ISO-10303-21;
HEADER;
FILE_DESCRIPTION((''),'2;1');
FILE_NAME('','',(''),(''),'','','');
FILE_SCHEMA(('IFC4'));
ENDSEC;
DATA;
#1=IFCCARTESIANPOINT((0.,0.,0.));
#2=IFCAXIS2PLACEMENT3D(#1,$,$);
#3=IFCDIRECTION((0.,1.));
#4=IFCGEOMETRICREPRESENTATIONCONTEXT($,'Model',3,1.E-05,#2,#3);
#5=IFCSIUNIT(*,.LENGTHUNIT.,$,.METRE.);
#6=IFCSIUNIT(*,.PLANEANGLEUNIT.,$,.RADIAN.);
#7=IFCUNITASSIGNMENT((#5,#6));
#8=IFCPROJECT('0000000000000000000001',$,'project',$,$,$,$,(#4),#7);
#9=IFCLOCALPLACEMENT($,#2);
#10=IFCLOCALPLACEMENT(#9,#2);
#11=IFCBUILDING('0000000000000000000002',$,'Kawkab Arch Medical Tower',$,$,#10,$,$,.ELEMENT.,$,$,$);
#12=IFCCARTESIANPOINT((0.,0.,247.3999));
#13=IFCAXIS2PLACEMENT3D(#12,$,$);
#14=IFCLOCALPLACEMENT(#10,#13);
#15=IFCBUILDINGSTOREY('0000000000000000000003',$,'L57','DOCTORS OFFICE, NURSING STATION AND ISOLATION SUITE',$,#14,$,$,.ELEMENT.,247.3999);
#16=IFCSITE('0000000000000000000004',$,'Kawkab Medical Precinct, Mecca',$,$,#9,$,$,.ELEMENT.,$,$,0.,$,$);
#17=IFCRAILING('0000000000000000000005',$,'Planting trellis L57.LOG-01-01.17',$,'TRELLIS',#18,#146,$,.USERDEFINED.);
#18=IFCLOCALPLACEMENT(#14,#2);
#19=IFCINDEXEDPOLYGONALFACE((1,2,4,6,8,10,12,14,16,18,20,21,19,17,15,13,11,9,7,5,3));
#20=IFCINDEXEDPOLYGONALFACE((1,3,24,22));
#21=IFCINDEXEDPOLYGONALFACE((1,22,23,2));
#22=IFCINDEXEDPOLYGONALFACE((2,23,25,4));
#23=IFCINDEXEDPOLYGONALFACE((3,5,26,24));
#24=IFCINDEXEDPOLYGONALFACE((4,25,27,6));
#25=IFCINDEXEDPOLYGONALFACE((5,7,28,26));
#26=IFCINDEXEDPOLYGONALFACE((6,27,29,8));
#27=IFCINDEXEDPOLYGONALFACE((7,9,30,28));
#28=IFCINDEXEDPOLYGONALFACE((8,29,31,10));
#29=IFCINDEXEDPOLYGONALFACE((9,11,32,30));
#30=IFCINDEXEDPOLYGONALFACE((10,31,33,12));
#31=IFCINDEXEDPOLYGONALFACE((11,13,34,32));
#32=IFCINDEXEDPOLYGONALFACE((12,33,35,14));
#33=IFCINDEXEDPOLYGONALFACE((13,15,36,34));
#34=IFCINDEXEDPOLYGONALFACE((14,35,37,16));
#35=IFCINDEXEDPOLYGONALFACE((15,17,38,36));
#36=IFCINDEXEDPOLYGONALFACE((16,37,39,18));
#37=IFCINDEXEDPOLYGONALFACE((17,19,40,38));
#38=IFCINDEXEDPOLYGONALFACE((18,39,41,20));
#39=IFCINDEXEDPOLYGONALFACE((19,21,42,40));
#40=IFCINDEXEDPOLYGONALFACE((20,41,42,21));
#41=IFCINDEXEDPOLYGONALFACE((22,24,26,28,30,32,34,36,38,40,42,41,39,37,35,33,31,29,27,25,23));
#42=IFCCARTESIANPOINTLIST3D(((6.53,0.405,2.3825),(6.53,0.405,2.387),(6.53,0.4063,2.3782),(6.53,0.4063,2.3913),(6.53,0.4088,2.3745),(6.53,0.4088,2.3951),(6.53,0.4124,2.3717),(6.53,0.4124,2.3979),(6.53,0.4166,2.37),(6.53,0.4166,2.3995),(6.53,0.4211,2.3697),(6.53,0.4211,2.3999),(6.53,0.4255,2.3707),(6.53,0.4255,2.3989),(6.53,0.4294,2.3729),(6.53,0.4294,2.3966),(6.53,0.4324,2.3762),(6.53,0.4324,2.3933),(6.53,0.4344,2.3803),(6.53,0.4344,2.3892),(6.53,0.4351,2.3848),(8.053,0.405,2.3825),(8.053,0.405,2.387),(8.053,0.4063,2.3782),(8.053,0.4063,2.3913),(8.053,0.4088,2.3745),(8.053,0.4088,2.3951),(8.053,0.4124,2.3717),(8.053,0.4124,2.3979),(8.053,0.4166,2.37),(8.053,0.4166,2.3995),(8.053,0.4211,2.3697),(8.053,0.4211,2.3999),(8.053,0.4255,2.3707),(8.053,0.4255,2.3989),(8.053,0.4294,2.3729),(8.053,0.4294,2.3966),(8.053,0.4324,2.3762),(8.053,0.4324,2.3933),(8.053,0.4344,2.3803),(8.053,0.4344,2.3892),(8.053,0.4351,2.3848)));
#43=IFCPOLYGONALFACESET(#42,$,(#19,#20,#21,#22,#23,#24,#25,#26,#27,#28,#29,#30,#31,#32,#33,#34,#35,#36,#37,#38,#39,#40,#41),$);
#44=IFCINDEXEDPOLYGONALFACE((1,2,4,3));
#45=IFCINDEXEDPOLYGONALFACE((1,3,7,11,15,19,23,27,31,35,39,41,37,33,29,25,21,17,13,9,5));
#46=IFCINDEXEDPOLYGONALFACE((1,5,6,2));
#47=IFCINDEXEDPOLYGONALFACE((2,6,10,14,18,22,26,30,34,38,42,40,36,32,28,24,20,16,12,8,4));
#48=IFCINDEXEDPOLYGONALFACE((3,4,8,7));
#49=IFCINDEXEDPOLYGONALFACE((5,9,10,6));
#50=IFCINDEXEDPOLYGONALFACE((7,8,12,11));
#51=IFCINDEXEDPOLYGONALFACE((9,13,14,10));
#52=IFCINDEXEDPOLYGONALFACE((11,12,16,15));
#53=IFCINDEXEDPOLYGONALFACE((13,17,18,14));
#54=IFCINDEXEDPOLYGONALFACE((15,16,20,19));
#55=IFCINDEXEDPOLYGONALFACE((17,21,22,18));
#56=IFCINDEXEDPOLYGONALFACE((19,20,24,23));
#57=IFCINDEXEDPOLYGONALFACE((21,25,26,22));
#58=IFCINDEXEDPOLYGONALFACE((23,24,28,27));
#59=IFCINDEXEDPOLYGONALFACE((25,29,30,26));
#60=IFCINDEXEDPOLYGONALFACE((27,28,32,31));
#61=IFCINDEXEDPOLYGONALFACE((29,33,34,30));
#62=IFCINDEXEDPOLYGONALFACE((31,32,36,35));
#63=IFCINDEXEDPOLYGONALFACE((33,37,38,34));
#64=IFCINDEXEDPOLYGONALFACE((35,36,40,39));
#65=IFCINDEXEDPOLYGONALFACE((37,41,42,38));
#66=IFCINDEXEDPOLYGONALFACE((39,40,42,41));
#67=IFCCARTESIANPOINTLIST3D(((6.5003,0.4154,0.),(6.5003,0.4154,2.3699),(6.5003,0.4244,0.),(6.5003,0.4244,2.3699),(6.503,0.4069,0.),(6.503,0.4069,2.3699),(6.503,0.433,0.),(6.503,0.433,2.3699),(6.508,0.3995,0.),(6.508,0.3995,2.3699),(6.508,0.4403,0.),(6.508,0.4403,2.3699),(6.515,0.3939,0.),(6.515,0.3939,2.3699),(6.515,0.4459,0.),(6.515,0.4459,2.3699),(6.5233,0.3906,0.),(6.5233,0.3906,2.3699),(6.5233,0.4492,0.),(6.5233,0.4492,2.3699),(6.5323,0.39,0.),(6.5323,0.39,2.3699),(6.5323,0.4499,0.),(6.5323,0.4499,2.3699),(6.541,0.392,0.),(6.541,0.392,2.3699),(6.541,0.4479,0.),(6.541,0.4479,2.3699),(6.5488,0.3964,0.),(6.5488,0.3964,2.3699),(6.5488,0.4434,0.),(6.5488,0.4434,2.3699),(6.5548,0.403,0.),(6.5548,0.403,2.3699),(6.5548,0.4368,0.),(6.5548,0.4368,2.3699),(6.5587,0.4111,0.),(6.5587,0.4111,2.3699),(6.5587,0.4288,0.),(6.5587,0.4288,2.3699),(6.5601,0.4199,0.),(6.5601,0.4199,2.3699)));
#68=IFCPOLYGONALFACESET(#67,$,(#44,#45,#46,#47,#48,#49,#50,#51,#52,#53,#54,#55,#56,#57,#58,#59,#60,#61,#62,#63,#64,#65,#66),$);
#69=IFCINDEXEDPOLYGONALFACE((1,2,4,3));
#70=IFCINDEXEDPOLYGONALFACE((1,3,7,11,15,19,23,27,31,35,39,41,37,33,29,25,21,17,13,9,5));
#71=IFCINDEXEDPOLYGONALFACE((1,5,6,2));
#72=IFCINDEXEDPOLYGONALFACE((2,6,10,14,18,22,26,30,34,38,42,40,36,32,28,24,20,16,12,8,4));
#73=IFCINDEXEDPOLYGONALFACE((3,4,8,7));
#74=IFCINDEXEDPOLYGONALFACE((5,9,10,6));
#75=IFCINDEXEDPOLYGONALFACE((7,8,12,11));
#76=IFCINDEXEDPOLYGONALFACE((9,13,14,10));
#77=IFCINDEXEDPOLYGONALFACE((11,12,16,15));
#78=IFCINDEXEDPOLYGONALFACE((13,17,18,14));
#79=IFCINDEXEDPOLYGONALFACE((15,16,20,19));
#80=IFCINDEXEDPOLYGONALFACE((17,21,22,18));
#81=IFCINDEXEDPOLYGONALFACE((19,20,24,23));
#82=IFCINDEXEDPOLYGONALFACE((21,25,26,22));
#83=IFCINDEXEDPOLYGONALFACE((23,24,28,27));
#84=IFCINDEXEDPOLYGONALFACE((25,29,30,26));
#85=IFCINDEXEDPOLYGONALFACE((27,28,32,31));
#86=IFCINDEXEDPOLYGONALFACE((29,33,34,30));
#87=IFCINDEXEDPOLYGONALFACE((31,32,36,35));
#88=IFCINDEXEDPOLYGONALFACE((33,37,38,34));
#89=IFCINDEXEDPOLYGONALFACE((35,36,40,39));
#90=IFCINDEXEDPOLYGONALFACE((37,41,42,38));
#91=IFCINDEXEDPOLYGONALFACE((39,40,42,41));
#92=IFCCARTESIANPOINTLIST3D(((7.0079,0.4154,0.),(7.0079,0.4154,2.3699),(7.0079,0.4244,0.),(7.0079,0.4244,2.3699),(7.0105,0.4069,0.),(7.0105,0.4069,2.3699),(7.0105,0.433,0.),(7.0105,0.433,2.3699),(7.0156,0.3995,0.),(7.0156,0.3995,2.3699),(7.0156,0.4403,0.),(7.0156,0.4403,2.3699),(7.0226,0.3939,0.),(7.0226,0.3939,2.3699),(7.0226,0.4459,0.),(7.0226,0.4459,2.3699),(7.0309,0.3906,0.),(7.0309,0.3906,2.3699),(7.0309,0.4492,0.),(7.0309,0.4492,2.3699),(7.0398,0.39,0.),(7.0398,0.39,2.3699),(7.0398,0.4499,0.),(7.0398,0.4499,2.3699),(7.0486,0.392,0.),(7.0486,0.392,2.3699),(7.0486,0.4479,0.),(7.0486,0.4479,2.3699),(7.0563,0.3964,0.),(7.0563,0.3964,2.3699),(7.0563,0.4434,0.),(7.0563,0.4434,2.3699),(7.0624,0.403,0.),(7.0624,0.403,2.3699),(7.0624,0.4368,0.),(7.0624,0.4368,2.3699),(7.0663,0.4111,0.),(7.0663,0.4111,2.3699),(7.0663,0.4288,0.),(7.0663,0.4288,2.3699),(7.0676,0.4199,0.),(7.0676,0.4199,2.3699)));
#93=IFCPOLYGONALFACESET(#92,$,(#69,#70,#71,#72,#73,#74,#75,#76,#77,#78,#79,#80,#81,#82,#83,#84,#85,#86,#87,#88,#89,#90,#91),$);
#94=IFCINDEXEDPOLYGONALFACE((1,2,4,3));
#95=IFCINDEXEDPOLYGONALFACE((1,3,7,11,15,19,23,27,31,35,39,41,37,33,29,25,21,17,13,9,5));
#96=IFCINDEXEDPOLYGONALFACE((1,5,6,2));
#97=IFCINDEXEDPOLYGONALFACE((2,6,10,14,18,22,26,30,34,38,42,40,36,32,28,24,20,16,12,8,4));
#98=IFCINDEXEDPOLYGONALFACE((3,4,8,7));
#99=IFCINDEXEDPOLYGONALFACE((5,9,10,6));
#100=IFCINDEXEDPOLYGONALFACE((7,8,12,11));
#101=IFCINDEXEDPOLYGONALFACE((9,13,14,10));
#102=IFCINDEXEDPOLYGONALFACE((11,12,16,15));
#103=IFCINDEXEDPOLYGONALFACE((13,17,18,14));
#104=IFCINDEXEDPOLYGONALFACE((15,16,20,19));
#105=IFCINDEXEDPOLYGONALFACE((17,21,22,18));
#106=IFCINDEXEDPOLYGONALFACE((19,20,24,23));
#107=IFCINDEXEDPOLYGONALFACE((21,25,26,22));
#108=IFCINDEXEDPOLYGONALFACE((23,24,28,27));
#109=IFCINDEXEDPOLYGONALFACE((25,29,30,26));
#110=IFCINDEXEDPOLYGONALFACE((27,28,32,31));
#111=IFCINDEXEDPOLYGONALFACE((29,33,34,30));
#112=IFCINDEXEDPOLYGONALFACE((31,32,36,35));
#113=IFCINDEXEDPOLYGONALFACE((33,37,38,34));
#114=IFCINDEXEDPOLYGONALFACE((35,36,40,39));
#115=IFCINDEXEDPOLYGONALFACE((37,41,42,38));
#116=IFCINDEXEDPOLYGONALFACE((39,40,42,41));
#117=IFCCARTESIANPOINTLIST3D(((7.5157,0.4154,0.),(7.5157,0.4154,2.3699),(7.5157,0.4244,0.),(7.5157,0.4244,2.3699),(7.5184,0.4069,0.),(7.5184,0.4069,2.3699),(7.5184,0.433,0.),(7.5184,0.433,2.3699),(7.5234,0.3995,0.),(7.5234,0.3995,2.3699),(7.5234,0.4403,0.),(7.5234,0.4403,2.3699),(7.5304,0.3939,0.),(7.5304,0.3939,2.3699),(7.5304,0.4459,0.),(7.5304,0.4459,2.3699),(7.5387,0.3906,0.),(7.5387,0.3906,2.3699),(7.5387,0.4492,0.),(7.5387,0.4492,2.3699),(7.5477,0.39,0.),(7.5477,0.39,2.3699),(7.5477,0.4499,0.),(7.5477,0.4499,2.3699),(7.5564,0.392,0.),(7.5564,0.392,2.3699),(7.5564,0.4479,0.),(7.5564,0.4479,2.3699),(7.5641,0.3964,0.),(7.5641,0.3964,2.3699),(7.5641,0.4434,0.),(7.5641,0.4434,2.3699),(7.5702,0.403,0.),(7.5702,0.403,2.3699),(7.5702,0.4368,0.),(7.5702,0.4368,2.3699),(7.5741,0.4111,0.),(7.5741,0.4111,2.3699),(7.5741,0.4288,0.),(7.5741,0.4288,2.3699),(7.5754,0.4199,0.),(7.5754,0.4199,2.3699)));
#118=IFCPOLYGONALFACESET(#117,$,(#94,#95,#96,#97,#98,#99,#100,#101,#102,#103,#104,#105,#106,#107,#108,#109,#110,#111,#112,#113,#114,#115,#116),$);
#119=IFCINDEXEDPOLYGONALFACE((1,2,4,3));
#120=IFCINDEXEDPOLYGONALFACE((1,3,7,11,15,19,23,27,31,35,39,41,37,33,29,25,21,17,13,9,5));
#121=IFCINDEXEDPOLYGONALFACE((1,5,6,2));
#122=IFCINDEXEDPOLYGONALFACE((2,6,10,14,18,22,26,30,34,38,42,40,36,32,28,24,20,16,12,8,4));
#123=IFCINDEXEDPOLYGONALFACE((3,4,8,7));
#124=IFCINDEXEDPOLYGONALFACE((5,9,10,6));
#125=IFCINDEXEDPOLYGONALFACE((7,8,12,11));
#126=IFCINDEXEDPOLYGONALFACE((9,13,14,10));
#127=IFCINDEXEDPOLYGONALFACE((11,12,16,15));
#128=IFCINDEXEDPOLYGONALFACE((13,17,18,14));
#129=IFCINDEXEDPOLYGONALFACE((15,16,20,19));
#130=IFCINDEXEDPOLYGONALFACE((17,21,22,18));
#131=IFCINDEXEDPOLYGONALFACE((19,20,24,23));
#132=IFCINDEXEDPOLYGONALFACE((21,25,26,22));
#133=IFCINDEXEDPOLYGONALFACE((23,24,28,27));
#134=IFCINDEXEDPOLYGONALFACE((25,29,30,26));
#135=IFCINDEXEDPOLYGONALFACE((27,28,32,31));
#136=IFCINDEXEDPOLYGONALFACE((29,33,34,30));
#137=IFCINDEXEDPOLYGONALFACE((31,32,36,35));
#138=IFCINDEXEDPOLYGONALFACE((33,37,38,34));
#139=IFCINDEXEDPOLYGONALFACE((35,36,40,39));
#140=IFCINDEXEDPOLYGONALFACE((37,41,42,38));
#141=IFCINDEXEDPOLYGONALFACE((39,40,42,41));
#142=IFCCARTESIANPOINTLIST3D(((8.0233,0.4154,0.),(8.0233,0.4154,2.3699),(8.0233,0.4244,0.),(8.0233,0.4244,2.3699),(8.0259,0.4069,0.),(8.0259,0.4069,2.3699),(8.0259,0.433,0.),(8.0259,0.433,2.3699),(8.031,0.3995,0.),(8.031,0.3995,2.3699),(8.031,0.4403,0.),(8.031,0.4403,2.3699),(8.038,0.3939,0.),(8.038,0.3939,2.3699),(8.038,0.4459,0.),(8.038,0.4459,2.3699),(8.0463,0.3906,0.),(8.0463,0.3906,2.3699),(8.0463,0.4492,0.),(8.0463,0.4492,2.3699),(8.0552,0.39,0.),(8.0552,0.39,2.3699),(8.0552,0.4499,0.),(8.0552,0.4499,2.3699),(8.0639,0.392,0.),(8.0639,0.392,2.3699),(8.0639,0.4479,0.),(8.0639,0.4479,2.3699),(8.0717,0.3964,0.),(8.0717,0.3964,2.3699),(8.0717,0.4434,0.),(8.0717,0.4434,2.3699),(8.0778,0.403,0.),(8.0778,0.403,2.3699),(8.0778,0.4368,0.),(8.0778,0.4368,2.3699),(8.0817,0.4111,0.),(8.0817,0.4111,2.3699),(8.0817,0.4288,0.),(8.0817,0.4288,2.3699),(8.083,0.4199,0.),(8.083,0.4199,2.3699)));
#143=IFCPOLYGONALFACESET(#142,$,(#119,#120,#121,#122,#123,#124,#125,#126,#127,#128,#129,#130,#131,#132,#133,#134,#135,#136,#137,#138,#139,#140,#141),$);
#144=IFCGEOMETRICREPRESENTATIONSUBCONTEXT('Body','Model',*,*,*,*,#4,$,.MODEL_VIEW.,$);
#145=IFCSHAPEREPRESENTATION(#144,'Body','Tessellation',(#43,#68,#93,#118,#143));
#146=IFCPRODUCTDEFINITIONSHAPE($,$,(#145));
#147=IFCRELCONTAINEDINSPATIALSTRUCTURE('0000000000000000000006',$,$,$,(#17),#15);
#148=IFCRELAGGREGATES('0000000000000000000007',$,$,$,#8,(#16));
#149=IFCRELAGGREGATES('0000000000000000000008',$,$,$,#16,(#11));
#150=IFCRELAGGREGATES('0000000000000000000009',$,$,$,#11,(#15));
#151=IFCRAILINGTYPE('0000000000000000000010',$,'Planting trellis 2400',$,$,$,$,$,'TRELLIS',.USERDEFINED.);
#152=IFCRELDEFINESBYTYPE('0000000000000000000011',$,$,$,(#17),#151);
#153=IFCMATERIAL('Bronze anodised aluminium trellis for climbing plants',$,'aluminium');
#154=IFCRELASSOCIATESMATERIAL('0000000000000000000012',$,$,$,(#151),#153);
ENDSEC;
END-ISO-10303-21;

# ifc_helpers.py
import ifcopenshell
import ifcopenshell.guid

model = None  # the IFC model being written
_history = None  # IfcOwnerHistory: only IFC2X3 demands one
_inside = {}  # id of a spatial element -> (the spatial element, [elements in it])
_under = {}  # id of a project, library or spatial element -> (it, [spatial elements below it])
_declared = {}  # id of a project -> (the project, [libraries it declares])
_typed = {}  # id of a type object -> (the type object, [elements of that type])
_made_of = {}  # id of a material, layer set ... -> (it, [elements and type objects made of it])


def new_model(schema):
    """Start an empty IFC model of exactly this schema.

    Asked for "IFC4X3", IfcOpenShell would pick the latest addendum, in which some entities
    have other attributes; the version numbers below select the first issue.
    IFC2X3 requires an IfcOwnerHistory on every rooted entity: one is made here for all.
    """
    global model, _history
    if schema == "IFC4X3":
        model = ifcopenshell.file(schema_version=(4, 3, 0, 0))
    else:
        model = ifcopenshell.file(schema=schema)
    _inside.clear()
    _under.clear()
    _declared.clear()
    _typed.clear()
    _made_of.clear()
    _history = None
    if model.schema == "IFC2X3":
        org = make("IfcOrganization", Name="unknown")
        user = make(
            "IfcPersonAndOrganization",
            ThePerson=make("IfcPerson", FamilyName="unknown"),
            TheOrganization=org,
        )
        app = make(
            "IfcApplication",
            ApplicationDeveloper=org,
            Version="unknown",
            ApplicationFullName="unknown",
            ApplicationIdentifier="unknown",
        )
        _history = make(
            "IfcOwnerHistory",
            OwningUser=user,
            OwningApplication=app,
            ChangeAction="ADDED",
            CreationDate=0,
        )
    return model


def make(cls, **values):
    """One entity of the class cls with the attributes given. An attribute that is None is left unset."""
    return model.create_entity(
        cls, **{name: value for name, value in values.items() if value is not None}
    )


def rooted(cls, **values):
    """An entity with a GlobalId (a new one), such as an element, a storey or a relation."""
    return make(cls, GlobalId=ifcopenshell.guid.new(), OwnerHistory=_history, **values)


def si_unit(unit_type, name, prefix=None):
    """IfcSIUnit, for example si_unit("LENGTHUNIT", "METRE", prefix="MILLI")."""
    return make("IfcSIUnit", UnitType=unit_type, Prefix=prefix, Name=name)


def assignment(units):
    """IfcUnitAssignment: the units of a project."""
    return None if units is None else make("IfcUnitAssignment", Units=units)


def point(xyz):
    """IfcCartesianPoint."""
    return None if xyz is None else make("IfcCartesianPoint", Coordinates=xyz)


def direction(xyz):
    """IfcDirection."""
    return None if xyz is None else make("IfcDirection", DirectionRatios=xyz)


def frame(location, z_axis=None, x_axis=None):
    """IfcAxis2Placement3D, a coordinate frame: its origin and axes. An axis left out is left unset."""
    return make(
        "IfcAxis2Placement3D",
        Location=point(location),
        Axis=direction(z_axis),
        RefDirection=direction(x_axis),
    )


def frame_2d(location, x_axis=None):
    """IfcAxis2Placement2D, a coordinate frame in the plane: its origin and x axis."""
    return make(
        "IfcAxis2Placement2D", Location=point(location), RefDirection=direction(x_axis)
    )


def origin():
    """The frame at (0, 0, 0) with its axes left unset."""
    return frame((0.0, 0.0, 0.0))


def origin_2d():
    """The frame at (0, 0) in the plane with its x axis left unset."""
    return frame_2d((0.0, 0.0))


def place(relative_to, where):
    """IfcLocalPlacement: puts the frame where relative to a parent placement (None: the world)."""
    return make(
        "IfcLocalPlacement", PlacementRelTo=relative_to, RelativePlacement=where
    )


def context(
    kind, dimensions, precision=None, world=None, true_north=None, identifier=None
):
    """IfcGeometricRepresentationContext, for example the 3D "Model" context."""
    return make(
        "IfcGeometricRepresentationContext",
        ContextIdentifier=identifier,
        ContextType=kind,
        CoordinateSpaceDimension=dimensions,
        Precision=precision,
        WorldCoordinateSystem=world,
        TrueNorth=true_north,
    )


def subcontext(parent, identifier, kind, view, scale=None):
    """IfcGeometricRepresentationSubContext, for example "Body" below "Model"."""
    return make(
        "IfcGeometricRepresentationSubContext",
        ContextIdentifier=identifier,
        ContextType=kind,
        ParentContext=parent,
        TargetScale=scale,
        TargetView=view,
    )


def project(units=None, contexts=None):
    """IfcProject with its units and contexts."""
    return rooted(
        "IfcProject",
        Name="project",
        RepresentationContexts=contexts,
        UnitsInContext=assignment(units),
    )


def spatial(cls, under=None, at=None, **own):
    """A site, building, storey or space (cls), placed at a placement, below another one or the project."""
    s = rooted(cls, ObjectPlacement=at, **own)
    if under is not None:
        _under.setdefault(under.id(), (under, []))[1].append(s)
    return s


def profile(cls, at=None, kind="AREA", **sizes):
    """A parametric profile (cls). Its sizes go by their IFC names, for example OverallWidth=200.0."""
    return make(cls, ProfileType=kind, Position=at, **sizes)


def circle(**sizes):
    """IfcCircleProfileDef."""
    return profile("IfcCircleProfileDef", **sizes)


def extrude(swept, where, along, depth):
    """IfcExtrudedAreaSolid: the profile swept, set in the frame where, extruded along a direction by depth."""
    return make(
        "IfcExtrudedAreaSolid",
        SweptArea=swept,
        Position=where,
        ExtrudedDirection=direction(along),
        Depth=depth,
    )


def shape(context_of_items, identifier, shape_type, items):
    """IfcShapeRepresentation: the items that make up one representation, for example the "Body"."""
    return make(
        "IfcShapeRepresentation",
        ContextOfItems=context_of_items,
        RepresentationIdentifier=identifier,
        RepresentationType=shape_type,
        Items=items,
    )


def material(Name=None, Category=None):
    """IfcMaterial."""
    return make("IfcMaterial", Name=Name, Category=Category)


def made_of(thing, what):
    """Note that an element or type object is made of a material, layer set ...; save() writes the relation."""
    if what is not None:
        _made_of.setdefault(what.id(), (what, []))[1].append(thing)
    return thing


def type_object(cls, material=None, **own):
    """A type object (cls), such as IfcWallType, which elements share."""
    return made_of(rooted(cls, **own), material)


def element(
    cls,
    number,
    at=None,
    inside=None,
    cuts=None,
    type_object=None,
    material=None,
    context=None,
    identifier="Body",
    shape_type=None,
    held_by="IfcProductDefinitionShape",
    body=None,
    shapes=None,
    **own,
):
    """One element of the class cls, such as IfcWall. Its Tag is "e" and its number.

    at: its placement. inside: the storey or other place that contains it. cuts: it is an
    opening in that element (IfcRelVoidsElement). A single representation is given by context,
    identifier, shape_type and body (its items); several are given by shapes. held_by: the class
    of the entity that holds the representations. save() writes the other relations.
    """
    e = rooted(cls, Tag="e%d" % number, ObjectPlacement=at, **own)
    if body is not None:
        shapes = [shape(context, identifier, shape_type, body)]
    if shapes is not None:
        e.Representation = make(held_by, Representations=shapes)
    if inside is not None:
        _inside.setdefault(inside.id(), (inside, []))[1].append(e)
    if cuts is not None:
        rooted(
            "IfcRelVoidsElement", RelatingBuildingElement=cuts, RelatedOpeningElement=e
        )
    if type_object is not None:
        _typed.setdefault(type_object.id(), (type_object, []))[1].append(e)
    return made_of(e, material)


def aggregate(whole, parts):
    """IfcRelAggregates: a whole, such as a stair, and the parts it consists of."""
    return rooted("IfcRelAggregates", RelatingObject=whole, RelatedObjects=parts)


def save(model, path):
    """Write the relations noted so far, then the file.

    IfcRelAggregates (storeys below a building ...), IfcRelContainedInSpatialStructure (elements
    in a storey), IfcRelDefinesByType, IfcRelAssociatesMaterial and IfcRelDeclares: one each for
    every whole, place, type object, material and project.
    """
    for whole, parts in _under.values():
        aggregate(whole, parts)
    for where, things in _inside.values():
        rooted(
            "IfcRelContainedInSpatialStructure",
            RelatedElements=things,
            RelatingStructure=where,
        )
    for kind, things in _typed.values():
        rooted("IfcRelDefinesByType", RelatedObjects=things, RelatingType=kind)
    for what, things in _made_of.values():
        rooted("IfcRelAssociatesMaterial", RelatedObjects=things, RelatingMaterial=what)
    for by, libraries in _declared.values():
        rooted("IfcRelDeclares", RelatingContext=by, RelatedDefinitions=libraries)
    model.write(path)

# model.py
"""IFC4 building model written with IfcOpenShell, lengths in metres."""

from ifc_helpers import new_model, si_unit, direction, frame, origin, origin_2d, place, context, subcontext, project, spatial, circle, extrude, material, type_object, element, save


model = new_model("IFC4")

# Units and contexts
model_context = context("Model", 3, precision=1e-05, world=origin(), true_north=direction((0.0, 1.0)))
body_context = subcontext(model_context, "Body", "Model", "MODEL_VIEW")
ifc_project = project(units=[si_unit("LENGTHUNIT", "METRE"), si_unit("PLANEANGLEUNIT", "RADIAN")], contexts=[model_context])

# Site, building, storey
site_placement = place(None, origin())
site = spatial("IfcSite", under=ifc_project, at=site_placement, Name="Kawkab Medical Precinct, Mecca", CompositionType="ELEMENT", RefElevation=0.0)
building_placement = place(site_placement, origin())
building = spatial("IfcBuilding", under=site, at=building_placement, Name="Kawkab Arch Medical Tower", CompositionType="ELEMENT")
storey_placement = place(building_placement, frame((0.0, 0.0, 247.3999)))
storey = spatial("IfcBuildingStorey", under=building, at=storey_placement, Name="L57", Description="DOCTORS OFFICE, NURSING STATION AND ISOLATION SUITE", CompositionType="ELEMENT", Elevation=247.3999)

# Railing
ifc_material_1 = material(Name="Bronze anodised aluminium trellis for climbing plants", Category="aluminium")
railing_type_1 = type_object("IfcRailingType", Name="Planting trellis 2400", ElementType="TRELLIS", PredefinedType="USERDEFINED", material=ifc_material_1)
railing_1_placement = place(storey_placement, frame((6.53, 0.4199, 0.0)))
element("IfcRailing", 1, at=railing_1_placement, inside=storey, type_object=railing_type_1, Name="Planting trellis L57.LOG-01-01.17", ObjectType="TRELLIS", PredefinedType="USERDEFINED", context=body_context, shape_type="SweptSolid", body=[
    extrude(circle(Radius=0.0151, at=origin_2d()), frame((0.0, 0.0, 2.3848), z_axis=(1.0, 0.0, 0.0), x_axis=(0.0, 1.0, 0.0)), (0.0, 0.0, 1.0), 1.5229),
    extrude(circle(Radius=0.03, at=origin_2d()), origin(), (0.0, 0.0, 1.0), 2.3699),
    extrude(circle(Radius=0.03, at=origin_2d()), frame((0.5076, 0.0, 0.0)), (0.0, 0.0, 1.0), 2.3699),
    extrude(circle(Radius=0.03, at=origin_2d()), frame((1.0154, 0.0, 0.0)), (0.0, 0.0, 1.0), 2.3699),
    extrude(circle(Radius=0.03, at=origin_2d()), frame((1.5229, 0.0, 0.0)), (0.0, 0.0, 1.0), 2.3699),
])

save(model, "model.ifc")
